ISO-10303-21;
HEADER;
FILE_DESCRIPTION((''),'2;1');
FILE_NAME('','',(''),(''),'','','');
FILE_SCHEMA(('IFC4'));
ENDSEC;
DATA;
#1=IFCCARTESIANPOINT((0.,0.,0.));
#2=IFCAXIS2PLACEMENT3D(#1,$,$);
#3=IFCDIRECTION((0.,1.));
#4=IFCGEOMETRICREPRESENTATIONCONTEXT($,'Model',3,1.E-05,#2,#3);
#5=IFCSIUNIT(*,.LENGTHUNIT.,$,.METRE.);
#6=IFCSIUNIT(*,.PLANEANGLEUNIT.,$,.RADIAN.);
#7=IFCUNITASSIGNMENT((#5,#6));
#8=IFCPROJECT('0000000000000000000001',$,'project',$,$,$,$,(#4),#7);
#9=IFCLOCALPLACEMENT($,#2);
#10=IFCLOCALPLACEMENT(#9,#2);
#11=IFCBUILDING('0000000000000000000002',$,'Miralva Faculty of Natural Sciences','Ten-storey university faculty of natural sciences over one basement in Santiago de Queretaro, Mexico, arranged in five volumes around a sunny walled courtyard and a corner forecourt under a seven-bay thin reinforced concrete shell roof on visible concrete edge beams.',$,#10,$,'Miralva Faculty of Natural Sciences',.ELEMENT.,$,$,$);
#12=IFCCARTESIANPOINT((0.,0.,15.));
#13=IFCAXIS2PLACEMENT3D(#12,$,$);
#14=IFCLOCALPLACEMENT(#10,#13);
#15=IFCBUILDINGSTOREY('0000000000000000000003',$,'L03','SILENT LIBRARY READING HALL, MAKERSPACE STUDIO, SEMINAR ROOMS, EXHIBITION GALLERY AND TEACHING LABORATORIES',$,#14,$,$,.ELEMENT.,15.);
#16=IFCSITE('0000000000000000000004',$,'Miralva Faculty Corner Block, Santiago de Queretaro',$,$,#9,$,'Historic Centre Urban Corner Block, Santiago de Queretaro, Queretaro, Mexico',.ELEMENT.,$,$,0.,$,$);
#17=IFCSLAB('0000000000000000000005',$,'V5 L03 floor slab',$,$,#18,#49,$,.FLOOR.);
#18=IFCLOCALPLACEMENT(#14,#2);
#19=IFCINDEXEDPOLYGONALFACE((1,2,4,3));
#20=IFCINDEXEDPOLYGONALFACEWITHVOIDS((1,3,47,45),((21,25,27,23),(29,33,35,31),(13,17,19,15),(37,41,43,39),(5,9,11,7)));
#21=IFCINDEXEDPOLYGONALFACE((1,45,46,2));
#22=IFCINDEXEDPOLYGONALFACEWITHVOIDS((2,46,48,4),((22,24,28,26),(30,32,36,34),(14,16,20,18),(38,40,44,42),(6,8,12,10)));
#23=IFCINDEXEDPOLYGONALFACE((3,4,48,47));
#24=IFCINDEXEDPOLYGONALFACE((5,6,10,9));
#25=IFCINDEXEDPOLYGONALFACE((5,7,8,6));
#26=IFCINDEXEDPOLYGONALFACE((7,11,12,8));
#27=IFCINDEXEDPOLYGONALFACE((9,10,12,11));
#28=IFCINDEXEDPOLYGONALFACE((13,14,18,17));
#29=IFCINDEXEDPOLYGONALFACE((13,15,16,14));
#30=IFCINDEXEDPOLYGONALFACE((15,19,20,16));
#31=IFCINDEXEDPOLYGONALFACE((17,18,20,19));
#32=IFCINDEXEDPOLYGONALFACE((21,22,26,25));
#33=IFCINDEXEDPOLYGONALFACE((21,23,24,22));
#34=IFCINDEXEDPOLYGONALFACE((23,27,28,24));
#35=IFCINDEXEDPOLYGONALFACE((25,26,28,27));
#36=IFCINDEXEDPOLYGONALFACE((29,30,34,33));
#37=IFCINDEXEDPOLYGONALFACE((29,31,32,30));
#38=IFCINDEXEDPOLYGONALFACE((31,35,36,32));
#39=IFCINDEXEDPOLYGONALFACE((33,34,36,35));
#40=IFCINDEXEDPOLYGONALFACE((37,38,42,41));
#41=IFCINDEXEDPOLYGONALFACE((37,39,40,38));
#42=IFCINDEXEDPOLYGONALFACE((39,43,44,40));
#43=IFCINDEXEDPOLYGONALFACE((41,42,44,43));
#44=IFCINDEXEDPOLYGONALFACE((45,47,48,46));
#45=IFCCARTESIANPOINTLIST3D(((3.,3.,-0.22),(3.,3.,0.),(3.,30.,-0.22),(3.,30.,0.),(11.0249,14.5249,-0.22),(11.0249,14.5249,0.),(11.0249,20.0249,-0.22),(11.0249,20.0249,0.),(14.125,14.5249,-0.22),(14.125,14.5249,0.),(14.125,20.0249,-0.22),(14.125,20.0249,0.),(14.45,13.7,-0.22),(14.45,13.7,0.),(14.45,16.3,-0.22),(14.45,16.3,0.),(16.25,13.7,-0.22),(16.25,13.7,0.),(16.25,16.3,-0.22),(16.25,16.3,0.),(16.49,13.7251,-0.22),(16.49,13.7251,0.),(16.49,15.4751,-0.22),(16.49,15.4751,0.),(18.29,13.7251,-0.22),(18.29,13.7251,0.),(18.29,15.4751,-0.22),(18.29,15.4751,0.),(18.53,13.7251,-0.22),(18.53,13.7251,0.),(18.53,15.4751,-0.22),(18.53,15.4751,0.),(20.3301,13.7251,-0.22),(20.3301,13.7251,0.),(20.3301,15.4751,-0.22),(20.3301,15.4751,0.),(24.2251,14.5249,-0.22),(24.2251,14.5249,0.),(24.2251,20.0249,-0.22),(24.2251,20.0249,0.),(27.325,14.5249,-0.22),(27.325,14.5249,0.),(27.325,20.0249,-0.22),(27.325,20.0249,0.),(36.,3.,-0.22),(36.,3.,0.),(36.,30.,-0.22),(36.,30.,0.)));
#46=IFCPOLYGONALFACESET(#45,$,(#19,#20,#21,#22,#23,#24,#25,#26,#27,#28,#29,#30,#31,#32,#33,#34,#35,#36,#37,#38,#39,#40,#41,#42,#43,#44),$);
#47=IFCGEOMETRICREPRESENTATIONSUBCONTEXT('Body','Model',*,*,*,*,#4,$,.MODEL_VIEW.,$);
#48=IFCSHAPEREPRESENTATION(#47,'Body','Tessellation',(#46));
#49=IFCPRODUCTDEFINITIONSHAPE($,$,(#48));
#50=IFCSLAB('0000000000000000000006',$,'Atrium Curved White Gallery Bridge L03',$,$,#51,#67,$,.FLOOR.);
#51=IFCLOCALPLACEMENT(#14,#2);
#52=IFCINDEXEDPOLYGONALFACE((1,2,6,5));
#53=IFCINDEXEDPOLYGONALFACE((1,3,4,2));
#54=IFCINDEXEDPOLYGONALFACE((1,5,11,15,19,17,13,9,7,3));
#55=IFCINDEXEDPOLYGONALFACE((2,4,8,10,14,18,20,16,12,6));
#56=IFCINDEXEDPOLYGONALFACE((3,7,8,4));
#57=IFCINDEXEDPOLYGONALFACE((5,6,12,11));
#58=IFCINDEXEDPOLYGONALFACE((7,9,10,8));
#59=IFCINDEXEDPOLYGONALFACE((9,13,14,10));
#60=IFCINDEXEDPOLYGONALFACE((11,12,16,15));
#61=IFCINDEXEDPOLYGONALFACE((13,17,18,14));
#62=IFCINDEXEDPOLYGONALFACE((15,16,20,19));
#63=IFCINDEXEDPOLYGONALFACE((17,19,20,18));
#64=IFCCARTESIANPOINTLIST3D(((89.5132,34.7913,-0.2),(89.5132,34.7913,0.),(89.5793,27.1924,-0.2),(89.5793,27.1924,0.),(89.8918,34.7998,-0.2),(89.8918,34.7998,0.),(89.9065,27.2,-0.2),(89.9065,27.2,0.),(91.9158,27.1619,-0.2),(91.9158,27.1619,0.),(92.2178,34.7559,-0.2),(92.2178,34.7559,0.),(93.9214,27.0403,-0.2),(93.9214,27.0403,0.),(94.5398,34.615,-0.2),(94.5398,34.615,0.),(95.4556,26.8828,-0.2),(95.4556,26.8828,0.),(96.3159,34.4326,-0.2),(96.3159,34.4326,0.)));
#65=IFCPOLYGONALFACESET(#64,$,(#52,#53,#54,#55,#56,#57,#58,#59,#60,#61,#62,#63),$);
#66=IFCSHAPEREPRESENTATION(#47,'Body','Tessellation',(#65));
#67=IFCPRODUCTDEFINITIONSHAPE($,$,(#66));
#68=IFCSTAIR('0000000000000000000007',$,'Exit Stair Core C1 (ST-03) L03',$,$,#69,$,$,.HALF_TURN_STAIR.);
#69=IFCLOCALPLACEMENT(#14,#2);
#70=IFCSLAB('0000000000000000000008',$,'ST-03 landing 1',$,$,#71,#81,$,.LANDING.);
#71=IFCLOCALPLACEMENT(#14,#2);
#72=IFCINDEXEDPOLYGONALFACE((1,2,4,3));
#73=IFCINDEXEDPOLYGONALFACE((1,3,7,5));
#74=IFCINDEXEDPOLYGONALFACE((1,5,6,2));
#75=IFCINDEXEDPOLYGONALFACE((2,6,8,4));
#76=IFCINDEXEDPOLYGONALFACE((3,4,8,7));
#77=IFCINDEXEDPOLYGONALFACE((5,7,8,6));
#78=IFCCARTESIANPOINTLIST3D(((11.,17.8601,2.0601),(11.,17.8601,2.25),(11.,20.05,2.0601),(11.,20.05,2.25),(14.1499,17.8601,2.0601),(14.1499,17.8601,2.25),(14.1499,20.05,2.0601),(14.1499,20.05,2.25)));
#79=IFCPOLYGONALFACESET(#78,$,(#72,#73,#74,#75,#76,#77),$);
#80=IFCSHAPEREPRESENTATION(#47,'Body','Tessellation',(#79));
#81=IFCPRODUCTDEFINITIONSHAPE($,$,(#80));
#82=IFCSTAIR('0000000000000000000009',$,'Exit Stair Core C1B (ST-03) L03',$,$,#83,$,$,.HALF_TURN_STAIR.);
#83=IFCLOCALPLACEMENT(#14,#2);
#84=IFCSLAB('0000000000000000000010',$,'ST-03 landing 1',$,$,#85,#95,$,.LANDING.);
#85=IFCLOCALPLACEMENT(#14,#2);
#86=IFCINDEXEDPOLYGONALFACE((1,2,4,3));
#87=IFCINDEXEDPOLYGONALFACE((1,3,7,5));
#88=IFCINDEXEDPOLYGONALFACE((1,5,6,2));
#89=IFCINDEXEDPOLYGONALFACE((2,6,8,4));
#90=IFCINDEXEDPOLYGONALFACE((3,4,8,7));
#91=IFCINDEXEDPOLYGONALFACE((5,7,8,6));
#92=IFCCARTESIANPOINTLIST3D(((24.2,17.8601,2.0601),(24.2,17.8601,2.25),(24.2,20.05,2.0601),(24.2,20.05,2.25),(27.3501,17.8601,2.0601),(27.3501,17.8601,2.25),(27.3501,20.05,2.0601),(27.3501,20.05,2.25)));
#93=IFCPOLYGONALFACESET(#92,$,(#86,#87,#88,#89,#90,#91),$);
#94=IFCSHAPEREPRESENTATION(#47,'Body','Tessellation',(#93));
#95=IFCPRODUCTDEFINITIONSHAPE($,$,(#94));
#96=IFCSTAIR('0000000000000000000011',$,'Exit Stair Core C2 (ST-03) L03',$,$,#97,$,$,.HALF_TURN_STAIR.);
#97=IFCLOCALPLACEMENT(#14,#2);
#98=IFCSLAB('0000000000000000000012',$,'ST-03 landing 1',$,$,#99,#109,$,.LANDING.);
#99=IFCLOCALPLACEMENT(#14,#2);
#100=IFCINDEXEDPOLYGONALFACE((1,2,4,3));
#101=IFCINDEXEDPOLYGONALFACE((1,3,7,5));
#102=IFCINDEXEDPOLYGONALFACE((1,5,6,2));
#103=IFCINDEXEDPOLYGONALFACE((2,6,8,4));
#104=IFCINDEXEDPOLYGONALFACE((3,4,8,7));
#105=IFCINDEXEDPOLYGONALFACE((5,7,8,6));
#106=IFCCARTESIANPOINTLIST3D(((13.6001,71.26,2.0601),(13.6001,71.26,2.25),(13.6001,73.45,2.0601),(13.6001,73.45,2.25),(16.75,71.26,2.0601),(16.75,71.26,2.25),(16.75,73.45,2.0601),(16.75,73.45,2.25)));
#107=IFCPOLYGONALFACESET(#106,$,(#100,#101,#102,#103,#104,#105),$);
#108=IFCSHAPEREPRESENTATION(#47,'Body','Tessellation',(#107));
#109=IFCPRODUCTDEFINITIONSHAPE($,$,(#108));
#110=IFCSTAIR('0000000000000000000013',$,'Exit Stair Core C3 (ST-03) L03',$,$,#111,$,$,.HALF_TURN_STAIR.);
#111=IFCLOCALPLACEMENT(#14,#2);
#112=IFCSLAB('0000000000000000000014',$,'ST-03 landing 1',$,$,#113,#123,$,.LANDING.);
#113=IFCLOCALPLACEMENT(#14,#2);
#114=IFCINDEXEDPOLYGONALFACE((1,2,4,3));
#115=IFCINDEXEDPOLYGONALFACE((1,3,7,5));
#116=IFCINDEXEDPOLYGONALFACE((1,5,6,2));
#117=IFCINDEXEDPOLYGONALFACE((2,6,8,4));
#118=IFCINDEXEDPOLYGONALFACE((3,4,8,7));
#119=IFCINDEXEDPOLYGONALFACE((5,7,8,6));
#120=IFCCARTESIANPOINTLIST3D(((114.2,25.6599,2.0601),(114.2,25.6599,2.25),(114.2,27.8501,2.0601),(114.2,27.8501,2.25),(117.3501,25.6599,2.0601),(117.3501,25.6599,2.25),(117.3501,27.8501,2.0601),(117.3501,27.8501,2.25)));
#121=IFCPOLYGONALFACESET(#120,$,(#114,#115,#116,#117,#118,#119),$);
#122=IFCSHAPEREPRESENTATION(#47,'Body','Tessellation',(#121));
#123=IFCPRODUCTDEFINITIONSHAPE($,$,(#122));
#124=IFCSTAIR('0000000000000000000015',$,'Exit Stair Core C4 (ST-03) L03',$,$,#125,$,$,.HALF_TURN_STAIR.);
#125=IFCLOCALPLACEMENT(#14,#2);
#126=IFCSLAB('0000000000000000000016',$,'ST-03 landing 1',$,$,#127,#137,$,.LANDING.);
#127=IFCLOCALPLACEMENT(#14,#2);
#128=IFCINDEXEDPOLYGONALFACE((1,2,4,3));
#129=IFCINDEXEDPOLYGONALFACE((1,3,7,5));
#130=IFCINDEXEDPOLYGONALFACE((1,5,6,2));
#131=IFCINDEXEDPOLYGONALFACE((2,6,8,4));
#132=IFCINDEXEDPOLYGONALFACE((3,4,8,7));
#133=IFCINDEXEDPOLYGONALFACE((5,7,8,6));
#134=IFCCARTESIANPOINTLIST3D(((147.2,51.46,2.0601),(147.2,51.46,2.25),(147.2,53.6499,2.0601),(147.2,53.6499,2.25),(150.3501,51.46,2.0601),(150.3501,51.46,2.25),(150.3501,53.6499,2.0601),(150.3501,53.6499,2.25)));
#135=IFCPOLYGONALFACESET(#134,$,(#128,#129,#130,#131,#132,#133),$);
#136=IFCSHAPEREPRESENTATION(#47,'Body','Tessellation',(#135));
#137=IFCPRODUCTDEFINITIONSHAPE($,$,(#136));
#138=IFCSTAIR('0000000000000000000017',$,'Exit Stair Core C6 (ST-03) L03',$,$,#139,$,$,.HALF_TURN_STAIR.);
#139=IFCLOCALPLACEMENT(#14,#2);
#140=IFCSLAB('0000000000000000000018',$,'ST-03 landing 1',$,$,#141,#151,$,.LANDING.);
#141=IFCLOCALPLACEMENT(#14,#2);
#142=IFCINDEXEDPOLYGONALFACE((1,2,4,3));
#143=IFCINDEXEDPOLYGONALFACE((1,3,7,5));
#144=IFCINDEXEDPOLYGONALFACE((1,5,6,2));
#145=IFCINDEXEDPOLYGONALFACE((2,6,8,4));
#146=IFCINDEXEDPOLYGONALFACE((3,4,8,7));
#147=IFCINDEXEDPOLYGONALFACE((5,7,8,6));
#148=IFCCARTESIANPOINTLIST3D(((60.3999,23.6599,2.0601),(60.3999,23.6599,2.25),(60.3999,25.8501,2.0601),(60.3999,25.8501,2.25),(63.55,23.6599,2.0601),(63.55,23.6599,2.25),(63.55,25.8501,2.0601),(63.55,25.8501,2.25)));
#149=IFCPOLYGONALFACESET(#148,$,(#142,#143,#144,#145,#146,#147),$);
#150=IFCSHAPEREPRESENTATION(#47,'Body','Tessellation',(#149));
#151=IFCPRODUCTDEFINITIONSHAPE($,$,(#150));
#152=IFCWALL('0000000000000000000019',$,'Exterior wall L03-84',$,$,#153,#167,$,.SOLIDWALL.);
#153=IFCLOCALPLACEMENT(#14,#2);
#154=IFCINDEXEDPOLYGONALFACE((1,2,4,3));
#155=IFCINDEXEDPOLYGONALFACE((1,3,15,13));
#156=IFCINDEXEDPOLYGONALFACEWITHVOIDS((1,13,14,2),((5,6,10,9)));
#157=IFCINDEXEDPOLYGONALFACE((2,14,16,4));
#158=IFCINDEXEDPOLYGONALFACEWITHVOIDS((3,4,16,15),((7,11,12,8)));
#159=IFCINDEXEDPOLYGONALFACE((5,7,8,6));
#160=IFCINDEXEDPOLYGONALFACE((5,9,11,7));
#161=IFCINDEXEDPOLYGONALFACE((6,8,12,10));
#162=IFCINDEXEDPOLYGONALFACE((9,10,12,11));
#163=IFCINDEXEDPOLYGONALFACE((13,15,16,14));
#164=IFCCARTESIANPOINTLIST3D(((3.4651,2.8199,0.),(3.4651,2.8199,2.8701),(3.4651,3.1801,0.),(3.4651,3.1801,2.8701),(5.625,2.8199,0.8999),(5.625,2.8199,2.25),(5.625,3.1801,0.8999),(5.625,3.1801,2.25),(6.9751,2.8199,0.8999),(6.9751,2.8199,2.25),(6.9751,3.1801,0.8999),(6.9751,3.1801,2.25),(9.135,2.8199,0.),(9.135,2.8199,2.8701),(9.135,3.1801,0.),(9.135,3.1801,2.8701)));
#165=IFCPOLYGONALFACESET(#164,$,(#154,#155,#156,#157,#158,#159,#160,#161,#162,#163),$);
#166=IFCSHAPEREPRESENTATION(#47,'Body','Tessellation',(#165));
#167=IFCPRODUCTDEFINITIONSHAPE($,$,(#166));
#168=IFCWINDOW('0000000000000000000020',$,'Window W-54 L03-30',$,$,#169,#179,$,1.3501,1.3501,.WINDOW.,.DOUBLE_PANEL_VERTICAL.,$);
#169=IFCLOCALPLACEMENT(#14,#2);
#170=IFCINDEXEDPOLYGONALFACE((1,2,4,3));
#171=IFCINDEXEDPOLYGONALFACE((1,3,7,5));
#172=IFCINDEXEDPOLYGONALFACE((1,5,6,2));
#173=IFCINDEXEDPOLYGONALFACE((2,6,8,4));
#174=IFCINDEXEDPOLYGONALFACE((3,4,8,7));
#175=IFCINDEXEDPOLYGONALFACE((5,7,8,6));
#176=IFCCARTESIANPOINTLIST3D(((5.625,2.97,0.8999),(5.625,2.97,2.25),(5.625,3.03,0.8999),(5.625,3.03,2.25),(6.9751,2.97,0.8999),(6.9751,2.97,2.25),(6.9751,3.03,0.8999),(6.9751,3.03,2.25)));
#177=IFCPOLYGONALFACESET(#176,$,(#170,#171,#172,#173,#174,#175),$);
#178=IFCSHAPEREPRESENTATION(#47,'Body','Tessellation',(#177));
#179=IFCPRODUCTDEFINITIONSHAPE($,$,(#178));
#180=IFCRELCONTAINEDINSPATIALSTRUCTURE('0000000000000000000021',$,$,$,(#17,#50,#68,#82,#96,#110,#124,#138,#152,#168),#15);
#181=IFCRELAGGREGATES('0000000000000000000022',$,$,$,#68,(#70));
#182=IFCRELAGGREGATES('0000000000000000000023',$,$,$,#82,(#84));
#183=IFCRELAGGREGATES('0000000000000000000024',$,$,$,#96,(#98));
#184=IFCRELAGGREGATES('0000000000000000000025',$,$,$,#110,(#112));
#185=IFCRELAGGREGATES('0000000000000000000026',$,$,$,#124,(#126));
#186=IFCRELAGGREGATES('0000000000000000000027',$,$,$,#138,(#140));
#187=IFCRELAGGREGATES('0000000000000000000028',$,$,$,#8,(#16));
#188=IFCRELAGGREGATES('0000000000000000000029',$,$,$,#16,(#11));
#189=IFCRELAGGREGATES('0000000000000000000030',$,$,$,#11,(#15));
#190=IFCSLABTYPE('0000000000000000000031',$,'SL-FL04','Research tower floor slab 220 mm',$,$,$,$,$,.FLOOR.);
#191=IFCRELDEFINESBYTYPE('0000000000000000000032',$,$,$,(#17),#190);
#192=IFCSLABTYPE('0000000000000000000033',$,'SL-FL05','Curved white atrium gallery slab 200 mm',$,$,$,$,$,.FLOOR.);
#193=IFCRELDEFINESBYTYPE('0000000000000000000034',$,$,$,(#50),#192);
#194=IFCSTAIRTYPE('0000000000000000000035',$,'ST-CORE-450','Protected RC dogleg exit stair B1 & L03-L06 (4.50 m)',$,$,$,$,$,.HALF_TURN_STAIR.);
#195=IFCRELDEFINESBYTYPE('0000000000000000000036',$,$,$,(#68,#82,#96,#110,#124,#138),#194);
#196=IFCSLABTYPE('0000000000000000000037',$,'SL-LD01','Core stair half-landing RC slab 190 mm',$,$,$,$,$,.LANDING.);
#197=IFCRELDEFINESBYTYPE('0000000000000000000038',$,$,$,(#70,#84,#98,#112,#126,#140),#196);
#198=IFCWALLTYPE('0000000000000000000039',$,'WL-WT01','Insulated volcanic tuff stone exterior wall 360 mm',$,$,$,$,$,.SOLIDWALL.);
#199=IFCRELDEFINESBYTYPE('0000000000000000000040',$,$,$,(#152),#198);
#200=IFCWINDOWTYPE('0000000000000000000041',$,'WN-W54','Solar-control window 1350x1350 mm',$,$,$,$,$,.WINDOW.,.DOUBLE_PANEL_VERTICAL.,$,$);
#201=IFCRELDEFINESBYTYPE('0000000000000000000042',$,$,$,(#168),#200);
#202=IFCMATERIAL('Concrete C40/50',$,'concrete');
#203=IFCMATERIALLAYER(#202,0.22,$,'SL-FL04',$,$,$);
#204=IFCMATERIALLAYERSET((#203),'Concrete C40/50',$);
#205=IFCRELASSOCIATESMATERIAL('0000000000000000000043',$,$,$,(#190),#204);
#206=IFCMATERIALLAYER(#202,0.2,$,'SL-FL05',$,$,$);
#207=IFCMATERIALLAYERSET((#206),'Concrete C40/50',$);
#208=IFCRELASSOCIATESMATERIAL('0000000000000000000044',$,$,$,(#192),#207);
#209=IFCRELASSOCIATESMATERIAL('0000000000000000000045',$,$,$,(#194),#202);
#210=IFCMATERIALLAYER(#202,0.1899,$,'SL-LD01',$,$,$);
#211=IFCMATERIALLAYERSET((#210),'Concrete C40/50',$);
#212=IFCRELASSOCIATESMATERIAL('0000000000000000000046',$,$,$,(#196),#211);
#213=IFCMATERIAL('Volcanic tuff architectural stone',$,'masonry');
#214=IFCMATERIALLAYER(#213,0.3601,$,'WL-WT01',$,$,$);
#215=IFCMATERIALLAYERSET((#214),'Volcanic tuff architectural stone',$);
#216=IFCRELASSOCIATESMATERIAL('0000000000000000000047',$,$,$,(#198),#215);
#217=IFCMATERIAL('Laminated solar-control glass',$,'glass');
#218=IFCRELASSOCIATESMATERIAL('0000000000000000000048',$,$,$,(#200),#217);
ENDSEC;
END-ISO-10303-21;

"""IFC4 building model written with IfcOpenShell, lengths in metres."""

from ifc_helpers import new_model, si_unit, direction, frame, frame_2d, origin, place, context, subcontext, project, spatial, polyline, rectangle, outline, extrude, material, layer, layer_set, type_object, element, fill, aggregate, save


model = new_model("IFC4")

# Units and contexts
model_context = context("Model", 3, precision=1e-05, world=origin(), true_north=direction((0.0, 1.0)))
body_context = subcontext(model_context, "Body", "Model", "MODEL_VIEW")
ifc_project = project(units=[si_unit("LENGTHUNIT", "METRE"), si_unit("PLANEANGLEUNIT", "RADIAN")], contexts=[model_context])

# Site, building, storey
site_placement = place(None, origin())
site = spatial("IfcSite", under=ifc_project, at=site_placement, Name="Miralva Faculty Corner Block, Santiago de Queretaro", LongName="Historic Centre Urban Corner Block, Santiago de Queretaro, Queretaro, Mexico", CompositionType="ELEMENT", RefElevation=0.0)
building_placement = place(site_placement, origin())
building = spatial("IfcBuilding", under=site, at=building_placement, Name="Miralva Faculty of Natural Sciences", Description="Ten-storey university faculty of natural sciences over one basement in Santiago de Queretaro, Mexico, arranged in five volumes around a sunny walled courtyard and a corner forecourt under a seven-bay thin reinforced concrete shell roof on visible concrete edge beams.", LongName="Miralva Faculty of Natural Sciences", CompositionType="ELEMENT")
storey_placement = place(building_placement, frame((0.0, 0.0, 15.0)))
storey = spatial("IfcBuildingStorey", under=building, at=storey_placement, Name="L03", Description="SILENT LIBRARY READING HALL, MAKERSPACE STUDIO, SEMINAR ROOMS, EXHIBITION GALLERY AND TEACHING LABORATORIES", CompositionType="ELEMENT", Elevation=15.0)

# Slabs
ifc_material_1 = material(Name="Concrete C40/50", Category="concrete")
ifc_layer_1 = layer(ifc_material_1, 0.22, Name="SL-FL04")
ifc_layer_set_1 = layer_set([ifc_layer_1], Name="Concrete C40/50")
slab_type_1 = type_object("IfcSlabType", Name="SL-FL04", Description="Research tower floor slab 220 mm", PredefinedType="FLOOR", material=ifc_layer_set_1)
slab_1_placement = place(storey_placement, frame((0.0, 0.0, -0.22)))
element("IfcSlab", 1, at=slab_1_placement, inside=storey, type_object=slab_type_1, Name="V5 L03 floor slab", PredefinedType="FLOOR", context=body_context, shape_type="SweptSolid", body=[
    extrude(outline(polyline([(36.0, 3.0), (3.0, 3.0), (3.0, 30.0), (36.0, 30.0), (36.0, 3.0)]), holes=[polyline([(14.125, 14.5249), (11.0249, 14.5249), (11.0249, 20.0249), (14.125, 20.0249), (14.125, 14.5249)]), polyline([(16.25, 13.7), (14.45, 13.7), (14.45, 16.3), (16.25, 16.3), (16.25, 13.7)]), polyline([(18.29, 13.7251), (16.49, 13.7251), (16.49, 15.4751), (18.29, 15.4751), (18.29, 13.7251)]), polyline([(27.325, 14.5249), (24.2251, 14.5249), (24.2251, 20.0249), (27.325, 20.0249), (27.325, 14.5249)]), polyline([(20.3301, 13.7251), (18.53, 13.7251), (18.53, 15.4751), (20.3301, 15.4751), (20.3301, 13.7251)])]), origin(), (0.0, 0.0, 1.0), 0.22),
])
ifc_layer_2 = layer(ifc_material_1, 0.2, Name="SL-FL05")
ifc_layer_set_2 = layer_set([ifc_layer_2], Name="Concrete C40/50")
slab_type_2 = type_object("IfcSlabType", Name="SL-FL05", Description="Curved white atrium gallery slab 200 mm", PredefinedType="FLOOR", material=ifc_layer_set_2)
slab_2_placement = place(storey_placement, frame((0.0, 0.0, -0.2)))
element("IfcSlab", 2, at=slab_2_placement, inside=storey, type_object=slab_type_2, Name="Atrium Curved White Gallery Bridge L03", PredefinedType="FLOOR", context=body_context, shape_type="SweptSolid", body=[
    extrude(outline(polyline([(89.5132, 34.7913), (89.8918, 34.7998), (92.2178, 34.7559), (94.5398, 34.615), (96.3159, 34.4326), (95.4556, 26.8828), (93.9214, 27.0403), (91.9158, 27.1619), (89.9065, 27.2), (89.5793, 27.1924), (89.5132, 34.7913)])), origin(), (0.0, 0.0, 1.0), 0.2),
])

# Stairs, slabs
stair_type = type_object("IfcStairType", Name="ST-CORE-450", Description="Protected RC dogleg exit stair B1 & L03-L06 (4.50 m)", PredefinedType="HALF_TURN_STAIR", material=ifc_material_1)
stair_1_placement = place(storey_placement, origin())
stair_1 = element("IfcStair", 3, at=stair_1_placement, inside=storey, type_object=stair_type, Name="Exit Stair Core C1 (ST-03) L03", PredefinedType="HALF_TURN_STAIR")
ifc_layer_3 = layer(ifc_material_1, 0.1899, Name="SL-LD01")
ifc_layer_set_3 = layer_set([ifc_layer_3], Name="Concrete C40/50")
slab_type_3 = type_object("IfcSlabType", Name="SL-LD01", Description="Core stair half-landing RC slab 190 mm", PredefinedType="LANDING", material=ifc_layer_set_3)
slab_3_placement = place(storey_placement, frame((0.0, 0.0, 2.0601)))
slab_3 = element("IfcSlab", 4, at=slab_3_placement, type_object=slab_type_3, Name="ST-03 landing 1", PredefinedType="LANDING", context=body_context, shape_type="SweptSolid", body=[
    extrude(outline(polyline([(14.1499, 17.8601), (14.1499, 20.05), (11.0, 20.05), (11.0, 17.8601), (14.1499, 17.8601)])), origin(), (0.0, 0.0, 1.0), 0.1899),
])
aggregate(stair_1, [slab_3])
stair_2_placement = place(storey_placement, origin())
stair_2 = element("IfcStair", 5, at=stair_2_placement, inside=storey, type_object=stair_type, Name="Exit Stair Core C1B (ST-03) L03", PredefinedType="HALF_TURN_STAIR")
slab_4_placement = place(storey_placement, frame((0.0, 0.0, 2.0601)))
slab_4 = element("IfcSlab", 6, at=slab_4_placement, type_object=slab_type_3, Name="ST-03 landing 1", PredefinedType="LANDING", context=body_context, shape_type="SweptSolid", body=[
    extrude(outline(polyline([(27.3501, 17.8601), (27.3501, 20.05), (24.2, 20.05), (24.2, 17.8601), (27.3501, 17.8601)])), origin(), (0.0, 0.0, 1.0), 0.1899),
])
aggregate(stair_2, [slab_4])
stair_3_placement = place(storey_placement, origin())
stair_3 = element("IfcStair", 7, at=stair_3_placement, inside=storey, type_object=stair_type, Name="Exit Stair Core C2 (ST-03) L03", PredefinedType="HALF_TURN_STAIR")
slab_5_placement = place(storey_placement, frame((0.0, 0.0, 2.0601)))
slab_5 = element("IfcSlab", 8, at=slab_5_placement, type_object=slab_type_3, Name="ST-03 landing 1", PredefinedType="LANDING", context=body_context, shape_type="SweptSolid", body=[
    extrude(outline(polyline([(16.75, 71.26), (16.75, 73.45), (13.6001, 73.45), (13.6001, 71.26), (16.75, 71.26)])), origin(), (0.0, 0.0, 1.0), 0.1899),
])
aggregate(stair_3, [slab_5])
stair_4_placement = place(storey_placement, origin())
stair_4 = element("IfcStair", 9, at=stair_4_placement, inside=storey, type_object=stair_type, Name="Exit Stair Core C3 (ST-03) L03", PredefinedType="HALF_TURN_STAIR")
slab_6_placement = place(storey_placement, frame((0.0, 0.0, 2.0601)))
slab_6 = element("IfcSlab", 10, at=slab_6_placement, type_object=slab_type_3, Name="ST-03 landing 1", PredefinedType="LANDING", context=body_context, shape_type="SweptSolid", body=[
    extrude(outline(polyline([(117.3501, 25.6599), (117.3501, 27.8501), (114.2, 27.8501), (114.2, 25.6599), (117.3501, 25.6599)])), origin(), (0.0, 0.0, 1.0), 0.1899),
])
aggregate(stair_4, [slab_6])
stair_5_placement = place(storey_placement, origin())
stair_5 = element("IfcStair", 11, at=stair_5_placement, inside=storey, type_object=stair_type, Name="Exit Stair Core C4 (ST-03) L03", PredefinedType="HALF_TURN_STAIR")
slab_7_placement = place(storey_placement, frame((0.0, 0.0, 2.0601)))
slab_7 = element("IfcSlab", 12, at=slab_7_placement, type_object=slab_type_3, Name="ST-03 landing 1", PredefinedType="LANDING", context=body_context, shape_type="SweptSolid", body=[
    extrude(outline(polyline([(150.3501, 51.46), (150.3501, 53.6499), (147.2, 53.6499), (147.2, 51.46), (150.3501, 51.46)])), origin(), (0.0, 0.0, 1.0), 0.1899),
])
aggregate(stair_5, [slab_7])
stair_6_placement = place(storey_placement, origin())
stair_6 = element("IfcStair", 13, at=stair_6_placement, inside=storey, type_object=stair_type, Name="Exit Stair Core C6 (ST-03) L03", PredefinedType="HALF_TURN_STAIR")
slab_8_placement = place(storey_placement, frame((0.0, 0.0, 2.0601)))
slab_8 = element("IfcSlab", 14, at=slab_8_placement, type_object=slab_type_3, Name="ST-03 landing 1", PredefinedType="LANDING", context=body_context, shape_type="SweptSolid", body=[
    extrude(outline(polyline([(63.55, 23.6599), (63.55, 25.8501), (60.3999, 25.8501), (60.3999, 23.6599), (63.55, 23.6599)])), origin(), (0.0, 0.0, 1.0), 0.1899),
])
aggregate(stair_6, [slab_8])

# Wall, opening, window
ifc_material_2 = material(Name="Volcanic tuff architectural stone", Category="masonry")
ifc_layer_4 = layer(ifc_material_2, 0.3601, Name="WL-WT01")
ifc_layer_set_4 = layer_set([ifc_layer_4], Name="Volcanic tuff architectural stone")
wall_type = type_object("IfcWallType", Name="WL-WT01", Description="Insulated volcanic tuff stone exterior wall 360 mm", PredefinedType="SOLIDWALL", material=ifc_layer_set_4)
wall_placement = place(storey_placement, frame((3.4651, 3.0, 0.0), z_axis=(0.0, 0.0, 1.0), x_axis=(1.0, 0.0, 0.0)))
wall = element("IfcWall", 15, at=wall_placement, inside=storey, type_object=wall_type, Name="Exterior wall L03-84", PredefinedType="SOLIDWALL", context=body_context, shape_type="SweptSolid", body=[
    extrude(rectangle(XDim=5.6699, YDim=0.3601, at=frame_2d((2.835, 0.0))), origin(), (0.0, 0.0, 1.0), 2.8701),
])
opening_placement = place(wall_placement, frame((2.1599, 0.0, 0.8999)))
opening = element("IfcOpeningElement", 16, at=opening_placement, cuts=wall, PredefinedType="OPENING", context=body_context, shape_type="SweptSolid", body=[
    extrude(rectangle(XDim=1.3501, YDim=1.3501, at=frame_2d((0.675, 0.675))), frame((0.0, 0.1899, 0.0), z_axis=(0.0, -1.0, 0.0), x_axis=(1.0, 0.0, 0.0)), (0.0, 0.0, 1.0), 0.3801),
])
ifc_material_3 = material(Name="Laminated solar-control glass", Category="glass")
window_type = type_object("IfcWindowType", Name="WN-W54", Description="Solar-control window 1350x1350 mm", PartitioningType="DOUBLE_PANEL_VERTICAL", PredefinedType="WINDOW", material=ifc_material_3)
window_placement = place(opening_placement, frame((1.3501, 0.0, 0.0), z_axis=(0.0, 0.0, 1.0), x_axis=(-1.0, 0.0, 0.0)))
window = element("IfcWindow", 17, at=window_placement, inside=storey, type_object=window_type, Name="Window W-54 L03-30", OverallHeight=1.3501, OverallWidth=1.3501, PartitioningType="DOUBLE_PANEL_VERTICAL", PredefinedType="WINDOW", context=body_context, shape_type="SweptSolid", body=[
    extrude(rectangle(XDim=1.3501, YDim=1.3501, at=frame_2d((0.675, 0.675))), frame((0.0, 0.03, 0.0), z_axis=(0.0, -1.0, 0.0), x_axis=(1.0, 0.0, 0.0)), (0.0, 0.0, 1.0), 0.0601),
])
fill(opening, window)

save(model, "model.ifc")
